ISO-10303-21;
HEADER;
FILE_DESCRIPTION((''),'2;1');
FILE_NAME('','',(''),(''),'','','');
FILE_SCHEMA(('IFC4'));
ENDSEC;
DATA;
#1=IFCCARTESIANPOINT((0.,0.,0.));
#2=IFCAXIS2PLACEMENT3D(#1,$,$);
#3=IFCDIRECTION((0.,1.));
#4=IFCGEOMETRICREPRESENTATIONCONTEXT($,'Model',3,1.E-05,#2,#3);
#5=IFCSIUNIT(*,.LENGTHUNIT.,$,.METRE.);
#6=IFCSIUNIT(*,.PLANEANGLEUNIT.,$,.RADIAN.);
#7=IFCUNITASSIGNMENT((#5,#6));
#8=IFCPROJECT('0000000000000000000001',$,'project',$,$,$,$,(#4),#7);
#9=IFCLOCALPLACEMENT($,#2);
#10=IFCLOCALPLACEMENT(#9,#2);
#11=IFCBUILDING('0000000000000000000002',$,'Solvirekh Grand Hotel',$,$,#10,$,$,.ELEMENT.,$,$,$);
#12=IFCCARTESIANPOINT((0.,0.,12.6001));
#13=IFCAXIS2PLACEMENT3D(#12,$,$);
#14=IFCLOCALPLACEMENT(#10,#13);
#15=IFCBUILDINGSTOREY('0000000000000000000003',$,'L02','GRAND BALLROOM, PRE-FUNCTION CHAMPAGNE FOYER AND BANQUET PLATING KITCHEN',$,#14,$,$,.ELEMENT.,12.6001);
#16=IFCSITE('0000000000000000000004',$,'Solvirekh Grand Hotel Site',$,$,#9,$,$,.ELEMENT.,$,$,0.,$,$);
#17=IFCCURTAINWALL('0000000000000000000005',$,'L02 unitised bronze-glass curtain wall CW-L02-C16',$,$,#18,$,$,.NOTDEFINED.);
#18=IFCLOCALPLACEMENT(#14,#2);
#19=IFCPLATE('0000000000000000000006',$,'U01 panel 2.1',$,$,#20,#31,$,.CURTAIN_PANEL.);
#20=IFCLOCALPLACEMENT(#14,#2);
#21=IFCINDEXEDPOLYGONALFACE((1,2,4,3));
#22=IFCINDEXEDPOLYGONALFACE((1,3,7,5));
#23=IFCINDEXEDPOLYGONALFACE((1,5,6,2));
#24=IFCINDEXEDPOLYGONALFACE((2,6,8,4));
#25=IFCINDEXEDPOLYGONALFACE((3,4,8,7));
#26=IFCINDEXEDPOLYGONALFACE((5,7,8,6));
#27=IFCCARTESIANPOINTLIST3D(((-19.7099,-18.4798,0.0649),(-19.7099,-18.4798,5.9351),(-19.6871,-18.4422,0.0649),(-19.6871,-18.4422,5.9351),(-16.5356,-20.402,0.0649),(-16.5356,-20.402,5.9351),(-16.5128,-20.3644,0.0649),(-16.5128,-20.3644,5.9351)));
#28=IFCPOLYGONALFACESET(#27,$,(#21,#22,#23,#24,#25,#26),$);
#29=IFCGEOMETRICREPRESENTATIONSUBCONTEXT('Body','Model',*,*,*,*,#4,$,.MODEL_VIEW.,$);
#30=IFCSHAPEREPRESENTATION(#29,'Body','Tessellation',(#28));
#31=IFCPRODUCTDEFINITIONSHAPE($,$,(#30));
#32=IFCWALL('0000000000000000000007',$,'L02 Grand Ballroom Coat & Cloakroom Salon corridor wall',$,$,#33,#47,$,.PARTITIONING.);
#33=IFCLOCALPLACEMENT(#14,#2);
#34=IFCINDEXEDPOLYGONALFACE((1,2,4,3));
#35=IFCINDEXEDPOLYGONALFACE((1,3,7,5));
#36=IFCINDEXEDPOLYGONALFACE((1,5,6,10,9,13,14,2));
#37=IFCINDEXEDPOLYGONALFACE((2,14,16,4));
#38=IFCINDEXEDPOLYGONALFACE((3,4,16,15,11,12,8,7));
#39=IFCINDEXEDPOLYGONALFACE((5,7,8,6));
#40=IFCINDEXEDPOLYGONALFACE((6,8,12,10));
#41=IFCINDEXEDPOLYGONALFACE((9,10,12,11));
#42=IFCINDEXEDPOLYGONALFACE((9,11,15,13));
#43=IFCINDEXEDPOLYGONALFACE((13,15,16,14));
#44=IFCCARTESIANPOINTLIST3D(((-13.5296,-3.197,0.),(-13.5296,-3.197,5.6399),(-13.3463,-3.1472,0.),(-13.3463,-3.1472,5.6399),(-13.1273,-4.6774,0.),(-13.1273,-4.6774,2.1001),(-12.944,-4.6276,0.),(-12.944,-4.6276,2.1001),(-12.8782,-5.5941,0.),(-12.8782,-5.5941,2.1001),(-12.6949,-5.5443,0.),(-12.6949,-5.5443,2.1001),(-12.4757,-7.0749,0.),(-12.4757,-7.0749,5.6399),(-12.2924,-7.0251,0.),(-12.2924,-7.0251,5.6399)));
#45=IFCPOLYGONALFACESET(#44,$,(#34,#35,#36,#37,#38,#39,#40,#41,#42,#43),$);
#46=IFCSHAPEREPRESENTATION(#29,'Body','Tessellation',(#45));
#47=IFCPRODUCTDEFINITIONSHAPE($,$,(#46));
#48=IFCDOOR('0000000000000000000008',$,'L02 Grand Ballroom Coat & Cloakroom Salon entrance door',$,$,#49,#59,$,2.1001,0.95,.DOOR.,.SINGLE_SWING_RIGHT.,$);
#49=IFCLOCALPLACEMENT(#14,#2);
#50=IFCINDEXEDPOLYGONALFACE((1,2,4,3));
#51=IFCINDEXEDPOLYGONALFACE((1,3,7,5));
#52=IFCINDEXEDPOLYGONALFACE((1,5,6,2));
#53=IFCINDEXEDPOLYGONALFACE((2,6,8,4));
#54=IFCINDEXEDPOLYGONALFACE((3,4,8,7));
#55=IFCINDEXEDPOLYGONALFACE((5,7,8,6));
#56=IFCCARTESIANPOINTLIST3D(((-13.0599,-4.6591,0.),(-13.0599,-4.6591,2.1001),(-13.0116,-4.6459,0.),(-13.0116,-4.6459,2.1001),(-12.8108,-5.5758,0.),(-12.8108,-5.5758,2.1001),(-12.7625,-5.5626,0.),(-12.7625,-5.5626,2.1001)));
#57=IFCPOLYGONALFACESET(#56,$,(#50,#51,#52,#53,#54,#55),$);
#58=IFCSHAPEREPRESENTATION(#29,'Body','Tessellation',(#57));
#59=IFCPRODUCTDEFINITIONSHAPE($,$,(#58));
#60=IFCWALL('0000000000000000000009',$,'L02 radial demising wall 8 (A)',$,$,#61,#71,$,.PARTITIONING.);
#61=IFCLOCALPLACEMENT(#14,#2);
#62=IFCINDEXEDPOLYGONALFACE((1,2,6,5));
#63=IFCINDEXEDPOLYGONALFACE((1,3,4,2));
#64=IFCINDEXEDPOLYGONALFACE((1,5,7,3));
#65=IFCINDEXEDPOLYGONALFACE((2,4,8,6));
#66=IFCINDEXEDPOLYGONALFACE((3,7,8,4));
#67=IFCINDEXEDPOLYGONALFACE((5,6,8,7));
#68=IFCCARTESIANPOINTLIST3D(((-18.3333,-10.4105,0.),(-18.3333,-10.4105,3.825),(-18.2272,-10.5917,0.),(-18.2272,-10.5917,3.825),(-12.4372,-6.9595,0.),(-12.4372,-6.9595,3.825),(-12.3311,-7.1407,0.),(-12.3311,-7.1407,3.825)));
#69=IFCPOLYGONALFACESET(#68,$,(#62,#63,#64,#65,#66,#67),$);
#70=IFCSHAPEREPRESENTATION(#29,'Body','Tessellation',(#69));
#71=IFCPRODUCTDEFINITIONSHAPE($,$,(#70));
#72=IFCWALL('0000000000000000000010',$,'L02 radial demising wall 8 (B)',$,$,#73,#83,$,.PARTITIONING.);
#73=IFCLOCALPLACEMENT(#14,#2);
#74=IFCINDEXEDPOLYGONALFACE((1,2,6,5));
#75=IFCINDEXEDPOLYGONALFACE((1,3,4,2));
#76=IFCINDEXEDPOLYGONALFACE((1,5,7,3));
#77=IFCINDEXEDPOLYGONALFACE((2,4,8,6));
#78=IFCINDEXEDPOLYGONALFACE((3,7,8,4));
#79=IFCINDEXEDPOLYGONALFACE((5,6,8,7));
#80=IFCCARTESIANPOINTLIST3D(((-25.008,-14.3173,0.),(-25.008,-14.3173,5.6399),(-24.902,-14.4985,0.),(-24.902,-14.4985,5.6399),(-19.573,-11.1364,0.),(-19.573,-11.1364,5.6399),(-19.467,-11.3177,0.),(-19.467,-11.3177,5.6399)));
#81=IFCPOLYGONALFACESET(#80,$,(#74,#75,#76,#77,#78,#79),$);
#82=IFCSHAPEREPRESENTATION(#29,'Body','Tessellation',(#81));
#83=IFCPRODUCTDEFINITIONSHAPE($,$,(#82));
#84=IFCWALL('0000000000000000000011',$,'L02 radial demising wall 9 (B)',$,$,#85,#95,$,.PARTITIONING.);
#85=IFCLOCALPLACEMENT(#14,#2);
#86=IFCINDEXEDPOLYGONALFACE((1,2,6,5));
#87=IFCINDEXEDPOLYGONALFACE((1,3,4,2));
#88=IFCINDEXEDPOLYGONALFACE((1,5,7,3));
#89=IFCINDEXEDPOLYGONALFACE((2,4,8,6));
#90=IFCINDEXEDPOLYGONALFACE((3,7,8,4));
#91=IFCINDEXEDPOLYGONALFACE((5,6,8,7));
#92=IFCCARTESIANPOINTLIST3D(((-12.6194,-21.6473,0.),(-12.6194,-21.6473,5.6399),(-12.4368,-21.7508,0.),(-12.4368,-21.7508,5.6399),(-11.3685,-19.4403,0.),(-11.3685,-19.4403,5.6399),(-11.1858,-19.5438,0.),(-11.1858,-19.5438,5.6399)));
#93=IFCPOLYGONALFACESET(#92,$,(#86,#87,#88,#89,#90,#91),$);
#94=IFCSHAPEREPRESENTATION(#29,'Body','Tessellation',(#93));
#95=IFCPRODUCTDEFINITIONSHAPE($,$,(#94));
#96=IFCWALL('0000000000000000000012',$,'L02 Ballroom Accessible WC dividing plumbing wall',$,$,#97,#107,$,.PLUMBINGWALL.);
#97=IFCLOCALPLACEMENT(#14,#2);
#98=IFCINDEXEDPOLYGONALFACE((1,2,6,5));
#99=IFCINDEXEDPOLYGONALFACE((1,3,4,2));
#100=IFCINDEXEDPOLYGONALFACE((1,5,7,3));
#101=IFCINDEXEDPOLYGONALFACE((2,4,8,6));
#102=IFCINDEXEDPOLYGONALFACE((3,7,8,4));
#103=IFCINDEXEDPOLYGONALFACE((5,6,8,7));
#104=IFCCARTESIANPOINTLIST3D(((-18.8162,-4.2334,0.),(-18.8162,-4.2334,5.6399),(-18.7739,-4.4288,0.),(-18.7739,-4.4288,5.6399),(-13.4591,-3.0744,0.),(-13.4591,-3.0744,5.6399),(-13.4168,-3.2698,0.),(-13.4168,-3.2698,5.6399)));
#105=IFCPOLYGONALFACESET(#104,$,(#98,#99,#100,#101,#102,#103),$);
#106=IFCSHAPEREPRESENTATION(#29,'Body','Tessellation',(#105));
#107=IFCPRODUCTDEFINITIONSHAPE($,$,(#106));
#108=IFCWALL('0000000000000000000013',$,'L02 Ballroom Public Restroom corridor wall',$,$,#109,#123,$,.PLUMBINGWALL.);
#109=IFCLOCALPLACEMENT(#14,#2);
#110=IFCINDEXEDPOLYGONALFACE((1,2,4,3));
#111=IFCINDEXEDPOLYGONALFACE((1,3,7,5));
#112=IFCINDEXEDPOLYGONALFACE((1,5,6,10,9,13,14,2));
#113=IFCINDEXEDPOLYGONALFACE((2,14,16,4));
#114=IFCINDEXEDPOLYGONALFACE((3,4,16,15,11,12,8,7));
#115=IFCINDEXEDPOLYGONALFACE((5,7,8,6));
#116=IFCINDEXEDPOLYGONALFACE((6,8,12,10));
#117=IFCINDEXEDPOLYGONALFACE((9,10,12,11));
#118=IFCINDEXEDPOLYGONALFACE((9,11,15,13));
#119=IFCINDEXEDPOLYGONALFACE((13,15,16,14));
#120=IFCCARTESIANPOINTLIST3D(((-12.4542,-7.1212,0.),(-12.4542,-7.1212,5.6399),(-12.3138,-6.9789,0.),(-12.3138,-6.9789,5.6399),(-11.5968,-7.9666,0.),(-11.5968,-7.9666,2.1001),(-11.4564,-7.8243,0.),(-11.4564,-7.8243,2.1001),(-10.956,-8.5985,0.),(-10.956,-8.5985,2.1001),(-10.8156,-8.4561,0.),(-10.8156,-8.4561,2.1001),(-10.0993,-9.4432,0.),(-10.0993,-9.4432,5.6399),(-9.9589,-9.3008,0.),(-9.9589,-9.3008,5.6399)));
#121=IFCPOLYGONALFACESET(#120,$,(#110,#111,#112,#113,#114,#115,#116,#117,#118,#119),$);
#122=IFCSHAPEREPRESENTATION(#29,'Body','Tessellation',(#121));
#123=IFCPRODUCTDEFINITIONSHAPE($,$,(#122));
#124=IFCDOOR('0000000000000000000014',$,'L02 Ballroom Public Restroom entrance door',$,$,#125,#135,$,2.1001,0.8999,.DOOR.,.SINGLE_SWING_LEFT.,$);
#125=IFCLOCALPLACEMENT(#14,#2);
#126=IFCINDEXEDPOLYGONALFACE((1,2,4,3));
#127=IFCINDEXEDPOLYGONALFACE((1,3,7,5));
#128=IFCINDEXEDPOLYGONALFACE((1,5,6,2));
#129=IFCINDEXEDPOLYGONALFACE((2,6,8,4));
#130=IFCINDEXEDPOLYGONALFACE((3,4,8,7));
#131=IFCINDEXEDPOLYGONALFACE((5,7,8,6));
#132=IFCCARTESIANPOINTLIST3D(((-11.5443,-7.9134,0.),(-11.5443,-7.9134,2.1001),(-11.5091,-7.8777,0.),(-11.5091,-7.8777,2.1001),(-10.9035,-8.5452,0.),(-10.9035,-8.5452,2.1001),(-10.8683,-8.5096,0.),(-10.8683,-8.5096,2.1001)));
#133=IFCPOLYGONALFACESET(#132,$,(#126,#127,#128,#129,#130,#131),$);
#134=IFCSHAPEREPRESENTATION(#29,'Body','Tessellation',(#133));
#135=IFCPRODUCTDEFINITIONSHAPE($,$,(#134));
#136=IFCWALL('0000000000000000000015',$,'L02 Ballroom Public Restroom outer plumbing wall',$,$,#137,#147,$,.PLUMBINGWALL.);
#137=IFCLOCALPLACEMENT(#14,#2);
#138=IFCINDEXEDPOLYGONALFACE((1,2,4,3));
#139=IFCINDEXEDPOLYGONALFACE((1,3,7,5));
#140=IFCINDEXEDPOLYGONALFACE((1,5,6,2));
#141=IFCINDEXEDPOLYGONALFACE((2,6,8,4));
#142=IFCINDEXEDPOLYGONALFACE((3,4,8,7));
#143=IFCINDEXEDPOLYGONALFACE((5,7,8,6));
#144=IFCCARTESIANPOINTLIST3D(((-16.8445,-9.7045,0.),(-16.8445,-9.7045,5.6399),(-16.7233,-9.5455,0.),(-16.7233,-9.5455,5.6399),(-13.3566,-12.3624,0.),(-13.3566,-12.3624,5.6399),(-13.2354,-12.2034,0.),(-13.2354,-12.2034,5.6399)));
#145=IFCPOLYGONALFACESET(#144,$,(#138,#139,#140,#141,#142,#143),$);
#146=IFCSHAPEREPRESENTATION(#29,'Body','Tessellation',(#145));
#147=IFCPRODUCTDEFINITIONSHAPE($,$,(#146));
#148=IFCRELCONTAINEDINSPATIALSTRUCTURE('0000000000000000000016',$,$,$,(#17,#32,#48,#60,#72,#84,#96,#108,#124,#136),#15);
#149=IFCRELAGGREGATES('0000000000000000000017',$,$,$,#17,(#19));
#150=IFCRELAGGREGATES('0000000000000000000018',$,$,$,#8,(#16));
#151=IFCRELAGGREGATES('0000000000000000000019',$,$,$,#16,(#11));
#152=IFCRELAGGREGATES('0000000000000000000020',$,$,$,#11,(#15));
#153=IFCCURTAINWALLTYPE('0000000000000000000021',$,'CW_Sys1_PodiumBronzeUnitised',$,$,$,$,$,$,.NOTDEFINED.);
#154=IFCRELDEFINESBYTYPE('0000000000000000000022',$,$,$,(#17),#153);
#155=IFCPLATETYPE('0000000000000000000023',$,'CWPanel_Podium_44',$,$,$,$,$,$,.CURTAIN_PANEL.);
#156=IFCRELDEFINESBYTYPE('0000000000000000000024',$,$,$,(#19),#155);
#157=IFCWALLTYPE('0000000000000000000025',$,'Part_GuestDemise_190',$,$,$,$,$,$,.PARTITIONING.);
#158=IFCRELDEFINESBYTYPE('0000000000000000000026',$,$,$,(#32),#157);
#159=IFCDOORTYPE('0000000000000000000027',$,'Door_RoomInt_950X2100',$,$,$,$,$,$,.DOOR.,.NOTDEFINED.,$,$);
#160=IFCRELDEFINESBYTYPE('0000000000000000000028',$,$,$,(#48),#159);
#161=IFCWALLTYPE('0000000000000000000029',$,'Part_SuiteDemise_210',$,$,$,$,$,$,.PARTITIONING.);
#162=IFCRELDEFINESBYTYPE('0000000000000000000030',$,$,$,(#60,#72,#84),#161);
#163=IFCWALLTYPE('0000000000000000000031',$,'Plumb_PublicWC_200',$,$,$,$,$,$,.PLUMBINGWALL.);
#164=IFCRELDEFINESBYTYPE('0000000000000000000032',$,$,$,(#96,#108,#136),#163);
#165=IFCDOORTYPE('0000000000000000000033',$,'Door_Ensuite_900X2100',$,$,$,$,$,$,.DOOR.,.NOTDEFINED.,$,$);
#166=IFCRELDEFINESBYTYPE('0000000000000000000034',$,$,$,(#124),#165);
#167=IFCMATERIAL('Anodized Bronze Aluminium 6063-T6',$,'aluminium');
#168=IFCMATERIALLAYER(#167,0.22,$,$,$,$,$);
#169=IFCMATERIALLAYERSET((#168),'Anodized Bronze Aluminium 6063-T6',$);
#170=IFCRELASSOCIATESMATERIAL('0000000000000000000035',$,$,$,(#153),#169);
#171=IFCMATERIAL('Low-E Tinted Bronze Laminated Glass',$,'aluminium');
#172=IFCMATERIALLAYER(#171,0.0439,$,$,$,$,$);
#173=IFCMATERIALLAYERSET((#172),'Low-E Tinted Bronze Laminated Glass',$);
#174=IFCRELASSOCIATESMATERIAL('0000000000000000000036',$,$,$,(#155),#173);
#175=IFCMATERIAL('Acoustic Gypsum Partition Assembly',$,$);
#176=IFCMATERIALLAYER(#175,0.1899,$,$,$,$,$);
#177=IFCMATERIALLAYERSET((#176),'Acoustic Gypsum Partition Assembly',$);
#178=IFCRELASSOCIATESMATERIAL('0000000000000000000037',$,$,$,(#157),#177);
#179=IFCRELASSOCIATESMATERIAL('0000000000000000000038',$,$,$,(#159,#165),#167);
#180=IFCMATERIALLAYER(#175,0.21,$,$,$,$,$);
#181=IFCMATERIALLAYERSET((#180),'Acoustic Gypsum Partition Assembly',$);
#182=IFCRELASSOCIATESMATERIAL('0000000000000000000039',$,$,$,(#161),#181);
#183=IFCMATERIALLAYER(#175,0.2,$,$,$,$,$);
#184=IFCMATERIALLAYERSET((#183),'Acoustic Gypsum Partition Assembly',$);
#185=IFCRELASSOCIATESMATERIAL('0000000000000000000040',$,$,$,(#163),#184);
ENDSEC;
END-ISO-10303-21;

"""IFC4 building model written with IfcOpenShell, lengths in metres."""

from ifc_helpers import new_model, si_unit, direction, frame, frame_2d, origin, origin_2d, place, context, subcontext, project, spatial, rectangle, extrude, source, transform, mapped, material, layer, layer_set, type_object, element, fill, aggregate, save


model = new_model("IFC4")

# Units and contexts
model_context = context("Model", 3, precision=1e-05, world=origin(), true_north=direction((0.0, 1.0)))
body_context = subcontext(model_context, "Body", "Model", "MODEL_VIEW")
ifc_project = project(units=[si_unit("LENGTHUNIT", "METRE"), si_unit("PLANEANGLEUNIT", "RADIAN")], contexts=[model_context])

# Site, building, storey
site_placement = place(None, origin())
site = spatial("IfcSite", under=ifc_project, at=site_placement, Name="Solvirekh Grand Hotel Site", CompositionType="ELEMENT", RefElevation=0.0)
building_placement = place(site_placement, origin())
building = spatial("IfcBuilding", under=site, at=building_placement, Name="Solvirekh Grand Hotel", CompositionType="ELEMENT")
storey_placement = place(building_placement, frame((0.0, 0.0, 12.6001)))
storey = spatial("IfcBuildingStorey", under=building, at=storey_placement, Name="L02", Description="GRAND BALLROOM, PRE-FUNCTION CHAMPAGNE FOYER AND BANQUET PLATING KITCHEN", CompositionType="ELEMENT", Elevation=12.6001)

# Curtain wall
ifc_material_1 = material(Name="Anodized Bronze Aluminium 6063-T6", Category="aluminium")
ifc_layer_1 = layer(ifc_material_1, 0.22)
ifc_layer_set_1 = layer_set([ifc_layer_1], Name="Anodized Bronze Aluminium 6063-T6")
curtain_wall_type = type_object("IfcCurtainWallType", Name="CW_Sys1_PodiumBronzeUnitised", PredefinedType="NOTDEFINED", material=ifc_layer_set_1)
curtain_wall_1_placement = place(storey_placement, origin())
curtain_wall_1 = element("IfcCurtainWall", 1, at=curtain_wall_1_placement, inside=storey, type_object=curtain_wall_type, Name="L02 unitised bronze-glass curtain wall CW-L02-C16", PredefinedType="NOTDEFINED")

# Plate
ifc_material_2 = material(Name="Low-E Tinted Bronze Laminated Glass", Category="aluminium")
ifc_layer_2 = layer(ifc_material_2, 0.0439)
ifc_layer_set_2 = layer_set([ifc_layer_2], Name="Low-E Tinted Bronze Laminated Glass")
plate_type = type_object("IfcPlateType", Name="CWPanel_Podium_44", PredefinedType="CURTAIN_PANEL", material=ifc_layer_set_2)
shared_shape_1 = source(origin(), body_context, "Body", "SweptSolid", [
    extrude(rectangle(XDim=3.7109, YDim=0.0439, at=origin_2d()), origin(), (0.0, 0.0, 1.0), 5.8701),
])
plate_1_placement = place(storey_placement, frame((-18.1113, -19.4221, 0.0649), z_axis=(0.0, 0.0, 1.0), x_axis=(0.855386, -0.517992, 0.0)))
plate_1 = element("IfcPlate", 2, at=plate_1_placement, type_object=plate_type, Name="U01 panel 2.1", PredefinedType="CURTAIN_PANEL", context=body_context, shape_type="MappedRepresentation", body=[
    mapped(shared_shape_1, transform((0.0, 0.0, 0.0), x_axis=(1.0, 0.0, 0.0), y_axis=(0.0, 1.0, 0.0), z_axis=(0.0, 0.0, 1.0), scale=1.0)),
])
aggregate(curtain_wall_1, [plate_1])

# Wall, opening, door
ifc_material_3 = material(Name="Acoustic Gypsum Partition Assembly")
ifc_layer_3 = layer(ifc_material_3, 0.1899)
ifc_layer_set_3 = layer_set([ifc_layer_3], Name="Acoustic Gypsum Partition Assembly")
wall_type_1 = type_object("IfcWallType", Name="Part_GuestDemise_190", PredefinedType="PARTITIONING", material=ifc_layer_set_3)
wall_1_placement = place(storey_placement, frame((-13.438, -3.1721, 0.0), z_axis=(0.0, 0.0, 1.0), x_axis=(0.262269, -0.964995, 0.0)))
wall_1 = element("IfcWall", 3, at=wall_1_placement, inside=storey, type_object=wall_type_1, Name="L02 Grand Ballroom Coat & Cloakroom Salon corridor wall", PredefinedType="PARTITIONING", context=body_context, shape_type="SweptSolid", body=[
    extrude(rectangle(XDim=4.0186, YDim=0.1899, at=frame_2d((2.0093, 0.0))), origin(), (0.0, 0.0, 1.0), 5.6399),
])
opening_1_placement = place(wall_1_placement, frame((1.5339, 0.0, 0.0)))
opening_1 = element("IfcOpeningElement", 4, at=opening_1_placement, cuts=wall_1, PredefinedType="OPENING", context=body_context, shape_type="SweptSolid", body=[
    extrude(rectangle(XDim=0.95, YDim=2.1001, at=frame_2d((0.4751, 1.05))), frame((0.0, 0.105, 0.0), z_axis=(0.0, -1.0, 0.0), x_axis=(1.0, 0.0, 0.0)), (0.0, 0.0, 1.0), 0.21),
])
door_type_1 = type_object("IfcDoorType", Name="Door_RoomInt_950X2100", OperationType="NOTDEFINED", PredefinedType="DOOR", material=ifc_material_1)
door_1_placement = place(opening_1_placement, origin())
door_1 = element("IfcDoor", 5, at=door_1_placement, inside=storey, type_object=door_type_1, Name="L02 Grand Ballroom Coat & Cloakroom Salon entrance door", OperationType="SINGLE_SWING_RIGHT", OverallHeight=2.1001, OverallWidth=0.95, PredefinedType="DOOR", context=body_context, shape_type="SweptSolid", body=[
    extrude(rectangle(XDim=0.95, YDim=2.1001, at=frame_2d((0.4751, 1.05))), frame((0.0, 0.0249, 0.0), z_axis=(0.0, -1.0, 0.0), x_axis=(1.0, 0.0, 0.0)), (0.0, 0.0, 1.0), 0.05),
])
fill(opening_1, door_1)

# Walls
ifc_layer_4 = layer(ifc_material_3, 0.21)
ifc_layer_set_4 = layer_set([ifc_layer_4], Name="Acoustic Gypsum Partition Assembly")
wall_type_2 = type_object("IfcWallType", Name="Part_SuiteDemise_210", PredefinedType="PARTITIONING", material=ifc_layer_set_4)
wall_2_placement = place(storey_placement, frame((-12.384, -7.05, 0.0), z_axis=(0.0, 0.0, 1.0), x_axis=(-0.863039, -0.505137, 0.0)))
element("IfcWall", 6, at=wall_2_placement, inside=storey, type_object=wall_type_2, Name="L02 radial demising wall 8 (A)", PredefinedType="PARTITIONING", context=body_context, shape_type="SweptSolid", body=[
    extrude(rectangle(XDim=6.8318, YDim=0.21, at=frame_2d((3.416, 0.0))), origin(), (0.0, 0.0, 1.0), 3.825),
])
wall_3_placement = place(storey_placement, frame((-19.52, -11.2271, 0.0), z_axis=(0.0, 0.0, 1.0), x_axis=(-0.863055, -0.505109, 0.0)))
element("IfcWall", 7, at=wall_3_placement, inside=storey, type_object=wall_type_2, Name="L02 radial demising wall 8 (B)", PredefinedType="PARTITIONING", context=body_context, shape_type="SweptSolid", body=[
    extrude(rectangle(XDim=6.2974, YDim=0.21, at=frame_2d((3.1487, 0.0))), origin(), (0.0, 0.0, 1.0), 5.6399),
])
wall_4_placement = place(storey_placement, frame((-11.2771, -19.4919, 0.0), z_axis=(0.0, 0.0, 1.0), x_axis=(-0.49311, -0.869967, 0.0)))
element("IfcWall", 8, at=wall_4_placement, inside=storey, type_object=wall_type_2, Name="L02 radial demising wall 9 (B)", PredefinedType="PARTITIONING", context=body_context, shape_type="SweptSolid", body=[
    extrude(rectangle(XDim=2.5369, YDim=0.21, at=frame_2d((1.2686, 0.0))), origin(), (0.0, 0.0, 1.0), 5.6399),
])
ifc_layer_5 = layer(ifc_material_3, 0.2)
ifc_layer_set_5 = layer_set([ifc_layer_5], Name="Acoustic Gypsum Partition Assembly")
wall_type_3 = type_object("IfcWallType", Name="Plumb_PublicWC_200", PredefinedType="PLUMBINGWALL", material=ifc_layer_set_5)
wall_5_placement = place(storey_placement, frame((-13.438, -3.1721, 0.0), z_axis=(0.0, 0.0, 1.0), x_axis=(-0.977389, -0.211451, 0.0)))
element("IfcWall", 9, at=wall_5_placement, inside=storey, type_object=wall_type_3, Name="L02 Ballroom Accessible WC dividing plumbing wall", PredefinedType="PLUMBINGWALL", context=body_context, shape_type="SweptSolid", body=[
    extrude(rectangle(XDim=5.481, YDim=0.2, at=frame_2d((2.7405, 0.0))), origin(), (0.0, 0.0, 1.0), 5.6399),
])

# Wall, opening, door
wall_6_placement = place(storey_placement, frame((-12.384, -7.05, 0.0), z_axis=(0.0, 0.0, 1.0), x_axis=(0.712072, -0.702106, 0.0)))
wall_6 = element("IfcWall", 10, at=wall_6_placement, inside=storey, type_object=wall_type_3, Name="L02 Ballroom Public Restroom corridor wall", PredefinedType="PLUMBINGWALL", context=body_context, shape_type="SweptSolid", body=[
    extrude(rectangle(XDim=3.3071, YDim=0.2, at=frame_2d((1.6536, 0.0))), origin(), (0.0, 0.0, 1.0), 5.6399),
])
opening_2_placement = place(wall_6_placement, frame((1.2041, 0.0, 0.0)))
opening_2 = element("IfcOpeningElement", 11, at=opening_2_placement, cuts=wall_6, PredefinedType="OPENING", context=body_context, shape_type="SweptSolid", body=[
    extrude(rectangle(XDim=0.8999, YDim=2.1001, at=frame_2d((0.45, 1.05))), frame((0.0, 0.1099, 0.0), z_axis=(0.0, -1.0, 0.0), x_axis=(1.0, 0.0, 0.0)), (0.0, 0.0, 1.0), 0.22),
])
door_type_2 = type_object("IfcDoorType", Name="Door_Ensuite_900X2100", OperationType="NOTDEFINED", PredefinedType="DOOR", material=ifc_material_1)
door_2_placement = place(opening_2_placement, origin())
door_2 = element("IfcDoor", 12, at=door_2_placement, inside=storey, type_object=door_type_2, Name="L02 Ballroom Public Restroom entrance door", OperationType="SINGLE_SWING_LEFT", OverallHeight=2.1001, OverallWidth=0.8999, PredefinedType="DOOR", context=body_context, shape_type="SweptSolid", body=[
    extrude(rectangle(XDim=0.8999, YDim=2.1001, at=frame_2d((0.45, 1.05))), frame((0.0, 0.0249, 0.0), z_axis=(0.0, -1.0, 0.0), x_axis=(1.0, 0.0, 0.0)), (0.0, 0.0, 1.0), 0.05),
])
fill(opening_2, door_2)

# Wall
wall_7_placement = place(storey_placement, frame((-16.7839, -9.625, 0.0), z_axis=(0.0, 0.0, 1.0), x_axis=(0.795387, -0.606102, 0.0)))
element("IfcWall", 13, at=wall_7_placement, inside=storey, type_object=wall_type_3, Name="L02 Ballroom Public Restroom outer plumbing wall", PredefinedType="PLUMBINGWALL", context=body_context, shape_type="SweptSolid", body=[
    extrude(rectangle(XDim=4.3853, YDim=0.2, at=frame_2d((2.1926, 0.0))), origin(), (0.0, 0.0, 1.0), 5.6399),
])

save(model, "model.ifc")
